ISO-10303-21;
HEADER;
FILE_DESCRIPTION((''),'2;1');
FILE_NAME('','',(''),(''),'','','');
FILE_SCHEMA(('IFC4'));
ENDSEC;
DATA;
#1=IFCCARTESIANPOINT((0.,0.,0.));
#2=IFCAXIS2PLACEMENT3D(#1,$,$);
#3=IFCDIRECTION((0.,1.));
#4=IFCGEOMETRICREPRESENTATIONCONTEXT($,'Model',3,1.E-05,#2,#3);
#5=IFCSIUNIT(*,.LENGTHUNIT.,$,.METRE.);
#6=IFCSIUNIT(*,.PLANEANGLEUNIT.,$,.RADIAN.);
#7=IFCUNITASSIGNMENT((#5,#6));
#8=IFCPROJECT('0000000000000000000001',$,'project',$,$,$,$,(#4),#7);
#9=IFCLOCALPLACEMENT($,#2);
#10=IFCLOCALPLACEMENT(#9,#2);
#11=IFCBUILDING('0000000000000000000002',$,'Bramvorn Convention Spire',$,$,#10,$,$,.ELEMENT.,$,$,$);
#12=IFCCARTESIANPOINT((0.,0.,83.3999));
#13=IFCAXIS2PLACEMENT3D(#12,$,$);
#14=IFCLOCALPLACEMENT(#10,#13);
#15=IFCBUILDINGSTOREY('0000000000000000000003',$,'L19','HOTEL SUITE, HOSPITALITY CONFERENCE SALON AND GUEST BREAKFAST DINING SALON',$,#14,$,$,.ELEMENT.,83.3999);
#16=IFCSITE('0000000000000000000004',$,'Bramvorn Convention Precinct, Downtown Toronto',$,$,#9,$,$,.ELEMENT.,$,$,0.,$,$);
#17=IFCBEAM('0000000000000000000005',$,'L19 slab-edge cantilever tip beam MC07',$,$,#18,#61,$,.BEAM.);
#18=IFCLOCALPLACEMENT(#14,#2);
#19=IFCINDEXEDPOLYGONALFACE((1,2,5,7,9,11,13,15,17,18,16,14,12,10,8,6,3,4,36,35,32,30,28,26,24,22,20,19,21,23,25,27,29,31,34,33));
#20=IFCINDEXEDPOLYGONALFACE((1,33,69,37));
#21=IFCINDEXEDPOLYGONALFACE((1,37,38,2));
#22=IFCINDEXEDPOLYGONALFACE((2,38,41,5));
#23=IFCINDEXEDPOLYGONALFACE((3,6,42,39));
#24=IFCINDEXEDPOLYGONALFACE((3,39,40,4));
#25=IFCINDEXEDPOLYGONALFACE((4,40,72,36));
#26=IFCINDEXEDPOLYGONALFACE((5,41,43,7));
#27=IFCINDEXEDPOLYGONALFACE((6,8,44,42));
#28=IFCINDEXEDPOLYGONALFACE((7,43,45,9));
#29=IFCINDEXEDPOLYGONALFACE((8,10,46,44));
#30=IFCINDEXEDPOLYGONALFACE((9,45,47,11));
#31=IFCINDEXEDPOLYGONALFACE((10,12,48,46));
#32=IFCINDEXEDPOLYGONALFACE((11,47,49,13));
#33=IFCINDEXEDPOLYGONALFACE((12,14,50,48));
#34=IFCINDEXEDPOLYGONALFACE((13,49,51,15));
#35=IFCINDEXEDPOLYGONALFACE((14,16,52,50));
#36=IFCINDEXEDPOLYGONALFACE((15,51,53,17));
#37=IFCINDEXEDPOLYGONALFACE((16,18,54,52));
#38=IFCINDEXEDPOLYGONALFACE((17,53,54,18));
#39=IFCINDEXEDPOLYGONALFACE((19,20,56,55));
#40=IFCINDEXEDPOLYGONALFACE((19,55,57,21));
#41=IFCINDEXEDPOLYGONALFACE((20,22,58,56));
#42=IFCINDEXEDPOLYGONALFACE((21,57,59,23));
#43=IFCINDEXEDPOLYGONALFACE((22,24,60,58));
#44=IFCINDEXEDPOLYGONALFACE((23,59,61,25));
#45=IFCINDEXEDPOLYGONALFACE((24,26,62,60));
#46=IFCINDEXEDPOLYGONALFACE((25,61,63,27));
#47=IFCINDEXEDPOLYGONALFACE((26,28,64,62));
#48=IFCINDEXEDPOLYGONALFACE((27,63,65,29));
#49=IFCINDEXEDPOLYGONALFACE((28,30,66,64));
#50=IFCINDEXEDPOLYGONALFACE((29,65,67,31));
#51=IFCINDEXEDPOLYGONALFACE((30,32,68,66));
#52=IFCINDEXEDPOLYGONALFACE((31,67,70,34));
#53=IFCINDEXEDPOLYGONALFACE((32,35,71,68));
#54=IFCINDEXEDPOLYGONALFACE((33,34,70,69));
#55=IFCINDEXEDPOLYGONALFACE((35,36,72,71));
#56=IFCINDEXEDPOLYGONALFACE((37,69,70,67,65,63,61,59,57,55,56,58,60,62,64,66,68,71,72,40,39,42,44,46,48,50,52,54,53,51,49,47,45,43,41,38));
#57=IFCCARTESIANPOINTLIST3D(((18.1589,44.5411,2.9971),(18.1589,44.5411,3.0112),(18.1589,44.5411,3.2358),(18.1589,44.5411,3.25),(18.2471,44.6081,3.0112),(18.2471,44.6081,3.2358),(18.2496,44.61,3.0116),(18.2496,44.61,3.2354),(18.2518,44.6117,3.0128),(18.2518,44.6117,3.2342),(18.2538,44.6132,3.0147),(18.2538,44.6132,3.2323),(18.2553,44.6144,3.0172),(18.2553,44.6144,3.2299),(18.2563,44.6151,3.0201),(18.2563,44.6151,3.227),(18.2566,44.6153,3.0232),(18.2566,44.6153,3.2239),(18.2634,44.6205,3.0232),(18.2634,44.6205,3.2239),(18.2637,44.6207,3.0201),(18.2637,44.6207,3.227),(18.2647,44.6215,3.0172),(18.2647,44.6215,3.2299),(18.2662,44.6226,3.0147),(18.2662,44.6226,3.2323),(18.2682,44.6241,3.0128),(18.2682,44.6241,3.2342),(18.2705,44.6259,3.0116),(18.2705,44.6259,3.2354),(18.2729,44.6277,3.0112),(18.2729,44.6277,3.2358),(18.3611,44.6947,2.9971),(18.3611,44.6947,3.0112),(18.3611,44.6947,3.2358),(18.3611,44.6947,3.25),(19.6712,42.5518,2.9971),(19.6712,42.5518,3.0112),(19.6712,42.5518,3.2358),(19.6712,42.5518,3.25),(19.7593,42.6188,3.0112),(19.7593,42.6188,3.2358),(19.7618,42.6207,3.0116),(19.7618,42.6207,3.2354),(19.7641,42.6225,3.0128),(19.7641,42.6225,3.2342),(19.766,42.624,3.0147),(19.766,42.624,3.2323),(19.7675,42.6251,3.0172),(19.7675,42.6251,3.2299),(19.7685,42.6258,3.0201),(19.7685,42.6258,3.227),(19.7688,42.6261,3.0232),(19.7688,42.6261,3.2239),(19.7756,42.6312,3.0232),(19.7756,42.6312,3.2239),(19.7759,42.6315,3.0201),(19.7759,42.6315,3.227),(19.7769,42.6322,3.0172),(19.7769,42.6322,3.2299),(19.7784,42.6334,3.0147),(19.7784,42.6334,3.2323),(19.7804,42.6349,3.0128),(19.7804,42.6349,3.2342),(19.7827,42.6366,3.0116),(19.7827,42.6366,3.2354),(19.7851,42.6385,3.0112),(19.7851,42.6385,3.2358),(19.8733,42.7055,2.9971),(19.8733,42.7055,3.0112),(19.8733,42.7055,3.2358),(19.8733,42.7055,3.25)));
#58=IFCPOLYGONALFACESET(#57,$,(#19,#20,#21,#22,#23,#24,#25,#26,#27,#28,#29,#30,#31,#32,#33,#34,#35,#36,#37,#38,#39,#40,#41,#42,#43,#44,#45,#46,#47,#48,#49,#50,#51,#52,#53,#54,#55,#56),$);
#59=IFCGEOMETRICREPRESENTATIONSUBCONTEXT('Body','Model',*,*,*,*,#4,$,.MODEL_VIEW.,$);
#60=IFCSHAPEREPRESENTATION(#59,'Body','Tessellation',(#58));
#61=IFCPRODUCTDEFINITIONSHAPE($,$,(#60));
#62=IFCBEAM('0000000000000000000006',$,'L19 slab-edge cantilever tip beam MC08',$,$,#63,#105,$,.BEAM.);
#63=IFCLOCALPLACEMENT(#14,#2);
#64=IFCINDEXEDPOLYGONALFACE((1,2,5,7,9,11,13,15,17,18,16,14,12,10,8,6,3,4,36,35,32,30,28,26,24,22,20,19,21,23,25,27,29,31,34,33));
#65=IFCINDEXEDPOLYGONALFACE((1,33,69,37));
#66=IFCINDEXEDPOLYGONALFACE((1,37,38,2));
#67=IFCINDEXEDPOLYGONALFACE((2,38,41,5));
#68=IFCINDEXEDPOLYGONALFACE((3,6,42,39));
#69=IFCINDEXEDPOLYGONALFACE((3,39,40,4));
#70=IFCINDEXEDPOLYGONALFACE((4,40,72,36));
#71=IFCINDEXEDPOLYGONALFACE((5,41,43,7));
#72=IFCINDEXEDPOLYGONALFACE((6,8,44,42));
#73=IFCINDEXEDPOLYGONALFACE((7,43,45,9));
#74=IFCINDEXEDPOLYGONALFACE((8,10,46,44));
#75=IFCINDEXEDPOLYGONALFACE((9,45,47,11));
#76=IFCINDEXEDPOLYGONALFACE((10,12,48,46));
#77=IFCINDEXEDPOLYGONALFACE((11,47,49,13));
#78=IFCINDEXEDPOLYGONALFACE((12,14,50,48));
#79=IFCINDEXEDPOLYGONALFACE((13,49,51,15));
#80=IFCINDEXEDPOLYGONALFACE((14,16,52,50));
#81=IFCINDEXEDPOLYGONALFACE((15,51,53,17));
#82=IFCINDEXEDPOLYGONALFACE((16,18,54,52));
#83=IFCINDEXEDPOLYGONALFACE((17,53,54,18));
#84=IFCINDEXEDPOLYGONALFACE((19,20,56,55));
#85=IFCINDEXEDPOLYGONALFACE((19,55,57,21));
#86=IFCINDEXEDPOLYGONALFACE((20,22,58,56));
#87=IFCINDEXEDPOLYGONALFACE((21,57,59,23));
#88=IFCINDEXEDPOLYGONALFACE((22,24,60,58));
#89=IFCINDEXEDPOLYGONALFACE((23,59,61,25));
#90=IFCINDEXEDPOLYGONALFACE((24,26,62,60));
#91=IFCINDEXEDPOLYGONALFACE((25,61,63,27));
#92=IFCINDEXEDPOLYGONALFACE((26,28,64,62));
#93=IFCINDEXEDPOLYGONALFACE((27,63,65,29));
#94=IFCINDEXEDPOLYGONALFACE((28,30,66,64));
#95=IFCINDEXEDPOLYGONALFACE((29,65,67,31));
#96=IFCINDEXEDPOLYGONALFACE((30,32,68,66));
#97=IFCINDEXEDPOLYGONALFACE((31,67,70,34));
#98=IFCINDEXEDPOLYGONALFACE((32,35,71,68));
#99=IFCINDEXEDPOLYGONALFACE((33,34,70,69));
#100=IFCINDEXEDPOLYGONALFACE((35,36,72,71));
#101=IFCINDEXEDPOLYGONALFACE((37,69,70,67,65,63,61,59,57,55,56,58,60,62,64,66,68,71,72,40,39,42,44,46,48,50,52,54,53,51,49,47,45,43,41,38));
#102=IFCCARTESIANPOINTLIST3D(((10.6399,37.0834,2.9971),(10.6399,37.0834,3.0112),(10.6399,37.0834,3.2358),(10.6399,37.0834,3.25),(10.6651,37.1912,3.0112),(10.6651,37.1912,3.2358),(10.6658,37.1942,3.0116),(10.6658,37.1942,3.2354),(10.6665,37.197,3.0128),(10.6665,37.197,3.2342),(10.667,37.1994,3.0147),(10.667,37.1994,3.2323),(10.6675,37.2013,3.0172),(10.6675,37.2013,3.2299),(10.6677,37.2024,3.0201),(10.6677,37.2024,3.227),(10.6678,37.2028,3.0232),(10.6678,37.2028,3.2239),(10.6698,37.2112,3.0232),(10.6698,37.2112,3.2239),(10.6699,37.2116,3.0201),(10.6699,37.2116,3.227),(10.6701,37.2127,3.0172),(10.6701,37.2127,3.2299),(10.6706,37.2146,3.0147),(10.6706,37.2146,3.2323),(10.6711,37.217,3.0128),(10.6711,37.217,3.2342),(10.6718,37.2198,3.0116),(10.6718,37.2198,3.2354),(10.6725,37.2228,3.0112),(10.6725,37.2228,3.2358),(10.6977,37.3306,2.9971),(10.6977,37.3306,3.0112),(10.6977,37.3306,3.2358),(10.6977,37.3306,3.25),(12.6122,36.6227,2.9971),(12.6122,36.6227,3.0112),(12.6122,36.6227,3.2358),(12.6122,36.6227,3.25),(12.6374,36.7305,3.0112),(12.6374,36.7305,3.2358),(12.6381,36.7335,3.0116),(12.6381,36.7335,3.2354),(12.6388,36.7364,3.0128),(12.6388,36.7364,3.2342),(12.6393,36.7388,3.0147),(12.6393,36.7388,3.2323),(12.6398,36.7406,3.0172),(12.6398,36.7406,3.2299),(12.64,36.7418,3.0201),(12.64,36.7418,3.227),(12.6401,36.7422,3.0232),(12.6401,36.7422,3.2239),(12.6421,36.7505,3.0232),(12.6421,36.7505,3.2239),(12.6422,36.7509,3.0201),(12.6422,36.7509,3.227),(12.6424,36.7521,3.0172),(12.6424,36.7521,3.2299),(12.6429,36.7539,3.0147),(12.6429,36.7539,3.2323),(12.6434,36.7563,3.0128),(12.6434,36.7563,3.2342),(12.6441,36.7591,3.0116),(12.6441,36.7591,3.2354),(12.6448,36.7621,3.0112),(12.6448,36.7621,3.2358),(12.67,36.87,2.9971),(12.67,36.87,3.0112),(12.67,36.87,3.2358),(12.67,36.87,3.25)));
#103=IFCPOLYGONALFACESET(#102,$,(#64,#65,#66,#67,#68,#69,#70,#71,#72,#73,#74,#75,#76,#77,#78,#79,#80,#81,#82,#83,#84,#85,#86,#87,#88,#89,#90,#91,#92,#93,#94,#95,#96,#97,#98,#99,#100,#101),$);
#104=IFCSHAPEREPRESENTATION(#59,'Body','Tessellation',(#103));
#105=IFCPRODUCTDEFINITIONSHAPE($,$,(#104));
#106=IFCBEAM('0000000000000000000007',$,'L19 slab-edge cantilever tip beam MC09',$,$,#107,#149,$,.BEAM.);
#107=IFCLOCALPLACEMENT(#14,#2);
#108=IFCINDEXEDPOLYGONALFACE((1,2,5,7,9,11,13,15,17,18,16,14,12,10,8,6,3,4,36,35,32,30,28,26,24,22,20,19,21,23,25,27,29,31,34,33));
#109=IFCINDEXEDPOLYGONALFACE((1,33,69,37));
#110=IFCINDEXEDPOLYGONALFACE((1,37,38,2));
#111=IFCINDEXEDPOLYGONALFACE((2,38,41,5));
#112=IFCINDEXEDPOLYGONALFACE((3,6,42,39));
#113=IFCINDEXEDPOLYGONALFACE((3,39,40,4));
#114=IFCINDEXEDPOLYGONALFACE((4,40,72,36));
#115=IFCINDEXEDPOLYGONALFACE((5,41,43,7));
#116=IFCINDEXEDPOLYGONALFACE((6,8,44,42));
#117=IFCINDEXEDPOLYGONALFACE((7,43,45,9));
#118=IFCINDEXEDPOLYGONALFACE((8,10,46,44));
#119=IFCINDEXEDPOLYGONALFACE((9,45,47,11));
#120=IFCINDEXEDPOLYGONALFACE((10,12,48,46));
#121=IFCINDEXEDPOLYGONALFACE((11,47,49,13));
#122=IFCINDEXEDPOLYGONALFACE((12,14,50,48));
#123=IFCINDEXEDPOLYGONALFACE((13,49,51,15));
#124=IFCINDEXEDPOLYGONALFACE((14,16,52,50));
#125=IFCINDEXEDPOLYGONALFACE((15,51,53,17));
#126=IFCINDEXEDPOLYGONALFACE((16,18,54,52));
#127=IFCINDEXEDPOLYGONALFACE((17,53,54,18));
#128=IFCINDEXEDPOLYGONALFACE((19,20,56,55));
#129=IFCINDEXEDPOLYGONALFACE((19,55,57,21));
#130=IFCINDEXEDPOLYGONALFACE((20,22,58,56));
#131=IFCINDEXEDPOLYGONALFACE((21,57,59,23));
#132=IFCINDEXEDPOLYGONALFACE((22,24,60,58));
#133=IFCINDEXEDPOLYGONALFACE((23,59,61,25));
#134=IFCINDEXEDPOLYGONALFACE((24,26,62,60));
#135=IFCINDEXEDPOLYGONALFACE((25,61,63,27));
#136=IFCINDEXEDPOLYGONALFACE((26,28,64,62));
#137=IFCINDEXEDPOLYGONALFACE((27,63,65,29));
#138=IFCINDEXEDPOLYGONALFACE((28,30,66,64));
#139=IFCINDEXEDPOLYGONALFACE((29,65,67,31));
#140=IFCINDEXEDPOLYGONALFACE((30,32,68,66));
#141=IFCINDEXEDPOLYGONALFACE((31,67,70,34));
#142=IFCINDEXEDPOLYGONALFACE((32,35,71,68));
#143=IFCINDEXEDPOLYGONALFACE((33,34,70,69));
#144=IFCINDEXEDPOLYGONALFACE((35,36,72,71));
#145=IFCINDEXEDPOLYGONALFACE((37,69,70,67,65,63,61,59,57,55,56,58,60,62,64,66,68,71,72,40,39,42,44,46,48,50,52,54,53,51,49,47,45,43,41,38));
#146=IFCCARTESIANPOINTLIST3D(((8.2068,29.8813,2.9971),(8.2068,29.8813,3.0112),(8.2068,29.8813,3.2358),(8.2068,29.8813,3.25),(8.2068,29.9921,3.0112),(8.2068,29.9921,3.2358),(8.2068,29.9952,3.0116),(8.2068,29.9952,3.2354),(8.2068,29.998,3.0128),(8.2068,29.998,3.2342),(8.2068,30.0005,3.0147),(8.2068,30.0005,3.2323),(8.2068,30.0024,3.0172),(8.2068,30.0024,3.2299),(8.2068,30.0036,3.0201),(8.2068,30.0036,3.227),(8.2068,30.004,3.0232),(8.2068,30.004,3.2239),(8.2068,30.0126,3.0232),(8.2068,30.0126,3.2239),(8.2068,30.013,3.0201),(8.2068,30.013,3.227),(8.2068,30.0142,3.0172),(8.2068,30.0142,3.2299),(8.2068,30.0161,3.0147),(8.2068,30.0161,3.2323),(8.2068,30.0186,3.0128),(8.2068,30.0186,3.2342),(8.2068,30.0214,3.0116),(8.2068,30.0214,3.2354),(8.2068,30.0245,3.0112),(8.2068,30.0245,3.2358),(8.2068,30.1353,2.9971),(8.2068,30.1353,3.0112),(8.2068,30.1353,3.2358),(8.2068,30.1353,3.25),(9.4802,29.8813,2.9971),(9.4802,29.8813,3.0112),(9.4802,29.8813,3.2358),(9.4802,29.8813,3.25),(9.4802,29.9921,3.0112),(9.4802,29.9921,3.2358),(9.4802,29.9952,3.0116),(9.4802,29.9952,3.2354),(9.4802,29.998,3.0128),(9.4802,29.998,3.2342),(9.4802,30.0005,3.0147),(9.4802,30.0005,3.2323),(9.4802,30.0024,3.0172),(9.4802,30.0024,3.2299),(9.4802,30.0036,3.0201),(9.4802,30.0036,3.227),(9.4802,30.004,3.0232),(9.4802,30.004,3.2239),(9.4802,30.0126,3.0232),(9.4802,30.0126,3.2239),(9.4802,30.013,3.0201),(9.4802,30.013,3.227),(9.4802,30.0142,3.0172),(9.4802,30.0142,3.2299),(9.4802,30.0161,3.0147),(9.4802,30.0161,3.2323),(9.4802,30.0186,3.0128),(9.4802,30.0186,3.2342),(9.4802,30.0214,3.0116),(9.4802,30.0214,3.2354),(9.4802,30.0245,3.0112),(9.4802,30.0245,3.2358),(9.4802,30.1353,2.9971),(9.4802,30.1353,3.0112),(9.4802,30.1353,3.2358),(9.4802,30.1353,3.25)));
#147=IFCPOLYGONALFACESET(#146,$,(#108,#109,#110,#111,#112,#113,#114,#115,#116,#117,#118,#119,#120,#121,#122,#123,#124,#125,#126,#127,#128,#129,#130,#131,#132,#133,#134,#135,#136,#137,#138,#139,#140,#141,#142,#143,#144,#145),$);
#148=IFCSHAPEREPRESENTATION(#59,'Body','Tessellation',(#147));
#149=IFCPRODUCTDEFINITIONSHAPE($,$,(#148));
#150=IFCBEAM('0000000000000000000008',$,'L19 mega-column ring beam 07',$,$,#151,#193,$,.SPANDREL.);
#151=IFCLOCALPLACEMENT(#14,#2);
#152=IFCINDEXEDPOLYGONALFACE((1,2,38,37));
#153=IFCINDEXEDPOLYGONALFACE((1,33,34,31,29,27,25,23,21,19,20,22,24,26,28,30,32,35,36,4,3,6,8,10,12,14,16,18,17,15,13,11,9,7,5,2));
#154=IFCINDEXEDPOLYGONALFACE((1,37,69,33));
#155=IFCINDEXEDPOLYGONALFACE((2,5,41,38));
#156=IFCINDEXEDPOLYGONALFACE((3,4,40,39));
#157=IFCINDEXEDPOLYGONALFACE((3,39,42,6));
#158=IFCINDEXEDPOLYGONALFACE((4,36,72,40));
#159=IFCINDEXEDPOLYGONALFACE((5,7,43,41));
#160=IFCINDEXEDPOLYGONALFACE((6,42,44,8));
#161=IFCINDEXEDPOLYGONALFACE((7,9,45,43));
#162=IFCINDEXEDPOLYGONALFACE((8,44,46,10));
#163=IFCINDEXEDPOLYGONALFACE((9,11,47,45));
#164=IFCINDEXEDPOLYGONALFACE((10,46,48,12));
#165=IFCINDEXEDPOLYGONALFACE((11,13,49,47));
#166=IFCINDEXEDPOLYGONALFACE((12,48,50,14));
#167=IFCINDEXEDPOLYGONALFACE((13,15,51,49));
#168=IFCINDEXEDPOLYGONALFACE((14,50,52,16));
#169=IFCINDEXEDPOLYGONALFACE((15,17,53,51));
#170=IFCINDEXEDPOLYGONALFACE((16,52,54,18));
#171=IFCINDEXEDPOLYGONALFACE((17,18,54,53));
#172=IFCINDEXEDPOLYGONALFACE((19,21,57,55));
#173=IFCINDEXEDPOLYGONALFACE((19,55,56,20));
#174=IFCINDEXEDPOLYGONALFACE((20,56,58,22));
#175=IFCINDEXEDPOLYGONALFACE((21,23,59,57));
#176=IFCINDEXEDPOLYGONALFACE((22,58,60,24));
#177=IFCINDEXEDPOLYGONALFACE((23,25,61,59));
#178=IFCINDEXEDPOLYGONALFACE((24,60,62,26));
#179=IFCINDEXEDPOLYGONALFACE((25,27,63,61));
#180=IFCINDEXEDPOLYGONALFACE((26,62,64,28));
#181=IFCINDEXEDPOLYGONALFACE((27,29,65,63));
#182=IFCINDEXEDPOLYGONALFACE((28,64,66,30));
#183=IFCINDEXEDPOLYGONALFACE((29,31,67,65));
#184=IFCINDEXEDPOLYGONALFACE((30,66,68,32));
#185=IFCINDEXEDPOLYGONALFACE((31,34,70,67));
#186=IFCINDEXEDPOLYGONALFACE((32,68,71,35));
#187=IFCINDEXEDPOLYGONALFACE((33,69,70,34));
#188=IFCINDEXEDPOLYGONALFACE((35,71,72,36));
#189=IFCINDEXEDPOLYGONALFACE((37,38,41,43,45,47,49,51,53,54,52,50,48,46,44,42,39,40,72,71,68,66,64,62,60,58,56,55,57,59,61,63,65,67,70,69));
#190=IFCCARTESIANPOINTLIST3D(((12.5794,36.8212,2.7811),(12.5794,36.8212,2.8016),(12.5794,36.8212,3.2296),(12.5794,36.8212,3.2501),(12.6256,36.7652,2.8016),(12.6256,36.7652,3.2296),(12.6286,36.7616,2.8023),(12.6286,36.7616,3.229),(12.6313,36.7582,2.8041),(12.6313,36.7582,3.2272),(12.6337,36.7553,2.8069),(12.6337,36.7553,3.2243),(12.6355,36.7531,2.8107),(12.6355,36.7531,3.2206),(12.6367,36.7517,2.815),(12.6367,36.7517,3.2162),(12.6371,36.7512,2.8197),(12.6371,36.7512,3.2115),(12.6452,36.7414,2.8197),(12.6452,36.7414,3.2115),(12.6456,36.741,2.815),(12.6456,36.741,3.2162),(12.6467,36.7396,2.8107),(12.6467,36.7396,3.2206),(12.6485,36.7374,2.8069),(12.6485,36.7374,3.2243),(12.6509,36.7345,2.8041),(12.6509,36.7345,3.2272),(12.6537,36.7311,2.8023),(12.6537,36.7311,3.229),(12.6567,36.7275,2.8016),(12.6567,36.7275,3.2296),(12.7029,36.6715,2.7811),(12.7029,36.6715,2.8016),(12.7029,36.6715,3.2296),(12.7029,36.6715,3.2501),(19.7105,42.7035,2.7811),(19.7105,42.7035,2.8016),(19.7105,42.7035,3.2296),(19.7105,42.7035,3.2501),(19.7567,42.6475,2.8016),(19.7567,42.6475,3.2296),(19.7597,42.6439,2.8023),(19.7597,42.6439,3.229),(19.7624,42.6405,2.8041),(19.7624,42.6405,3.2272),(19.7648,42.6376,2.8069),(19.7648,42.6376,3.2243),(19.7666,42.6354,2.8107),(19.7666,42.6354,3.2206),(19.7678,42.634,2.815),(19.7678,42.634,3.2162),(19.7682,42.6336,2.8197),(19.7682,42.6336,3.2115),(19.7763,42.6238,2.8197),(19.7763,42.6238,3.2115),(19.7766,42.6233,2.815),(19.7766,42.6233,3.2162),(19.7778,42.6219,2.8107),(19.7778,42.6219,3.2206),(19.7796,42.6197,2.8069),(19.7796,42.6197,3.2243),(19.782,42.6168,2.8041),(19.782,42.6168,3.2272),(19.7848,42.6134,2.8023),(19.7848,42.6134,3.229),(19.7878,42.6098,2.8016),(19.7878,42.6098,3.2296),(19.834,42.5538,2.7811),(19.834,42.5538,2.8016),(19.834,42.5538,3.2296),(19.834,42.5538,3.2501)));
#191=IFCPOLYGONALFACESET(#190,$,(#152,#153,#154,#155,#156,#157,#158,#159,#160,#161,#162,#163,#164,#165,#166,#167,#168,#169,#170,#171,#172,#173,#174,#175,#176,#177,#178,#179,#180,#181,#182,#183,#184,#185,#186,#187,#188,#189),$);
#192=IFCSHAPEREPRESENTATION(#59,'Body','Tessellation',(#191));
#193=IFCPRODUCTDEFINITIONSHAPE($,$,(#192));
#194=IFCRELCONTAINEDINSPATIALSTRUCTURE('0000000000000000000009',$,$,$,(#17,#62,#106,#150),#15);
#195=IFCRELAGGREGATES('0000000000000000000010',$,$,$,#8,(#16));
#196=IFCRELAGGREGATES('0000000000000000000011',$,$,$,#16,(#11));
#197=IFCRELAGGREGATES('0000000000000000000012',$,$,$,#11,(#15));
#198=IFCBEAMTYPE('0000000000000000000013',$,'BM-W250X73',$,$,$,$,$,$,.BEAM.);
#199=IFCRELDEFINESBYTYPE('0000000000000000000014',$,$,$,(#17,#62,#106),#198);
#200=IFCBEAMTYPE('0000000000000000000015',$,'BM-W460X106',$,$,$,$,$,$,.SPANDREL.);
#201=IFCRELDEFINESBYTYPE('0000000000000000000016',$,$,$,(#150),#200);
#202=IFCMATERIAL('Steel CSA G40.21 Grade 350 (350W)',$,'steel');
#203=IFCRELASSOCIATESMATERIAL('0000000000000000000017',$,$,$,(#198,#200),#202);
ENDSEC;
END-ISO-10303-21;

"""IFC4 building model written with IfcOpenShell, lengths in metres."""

from ifc_helpers import new_model, si_unit, direction, frame, origin, origin_2d, place, context, subcontext, project, spatial, i_section, extrude, material, material_profile, profile_set, type_object, element, save


model = new_model("IFC4")

# Units and contexts
model_context = context("Model", 3, precision=1e-05, world=origin(), true_north=direction((0.0, 1.0)))
body_context = subcontext(model_context, "Body", "Model", "MODEL_VIEW")
ifc_project = project(units=[si_unit("LENGTHUNIT", "METRE"), si_unit("PLANEANGLEUNIT", "RADIAN")], contexts=[model_context])

# Site, building, storey
site_placement = place(None, origin())
site = spatial("IfcSite", under=ifc_project, at=site_placement, Name="Bramvorn Convention Precinct, Downtown Toronto", CompositionType="ELEMENT", RefElevation=0.0)
building_placement = place(site_placement, origin())
building = spatial("IfcBuilding", under=site, at=building_placement, Name="Bramvorn Convention Spire", CompositionType="ELEMENT")
storey_placement = place(building_placement, frame((0.0, 0.0, 83.3999)))
storey = spatial("IfcBuildingStorey", under=building, at=storey_placement, Name="L19", Description="HOTEL SUITE, HOSPITALITY CONFERENCE SALON AND GUEST BREAKFAST DINING SALON", CompositionType="ELEMENT", Elevation=83.3999)

# Shared definitions
ifc_material_1 = material(Name="Steel CSA G40.21 Grade 350 (350W)", Category="steel")

# Beams
ifc_material_profile_1 = material_profile(ifc_material_1, i_section(OverallWidth=0.2539, OverallDepth=0.2529, WebThickness=0.0085, FlangeThickness=0.0142, FilletRadius=0.012, at=origin_2d()))
ifc_profile_set_1 = profile_set([ifc_material_profile_1], Name="Steel CSA G40.21 Grade 350 (350W) - W250X73")
beam_type_1 = type_object("IfcBeamType", Name="BM-W250X73", PredefinedType="BEAM", material=ifc_profile_set_1)
beam_1_placement = place(storey_placement, frame((19.7722, 42.6287, 3.1235), z_axis=(-0.605177, 0.796091, 0.0), x_axis=(-0.796091, -0.605177, 0.0)))
element("IfcBeam", 1, at=beam_1_placement, inside=storey, type_object=beam_type_1, Name="L19 slab-edge cantilever tip beam MC07", PredefinedType="BEAM", context=body_context, shape_type="SweptSolid", body=[
    extrude(i_section(OverallWidth=0.2539, OverallDepth=0.2529, WebThickness=0.0085, FlangeThickness=0.0142, FilletRadius=0.012, at=origin_2d()), origin(), (0.0, 0.0, 1.0), 2.4988),
])
beam_2_placement = place(storey_placement, frame((12.6411, 36.7463, 3.1235), z_axis=(-0.973791, 0.227447, 0.0), x_axis=(-0.227447, -0.973791, 0.0)))
element("IfcBeam", 2, at=beam_2_placement, inside=storey, type_object=beam_type_1, Name="L19 slab-edge cantilever tip beam MC08", PredefinedType="BEAM", context=body_context, shape_type="SweptSolid", body=[
    extrude(i_section(OverallWidth=0.2539, OverallDepth=0.2529, WebThickness=0.0085, FlangeThickness=0.0142, FilletRadius=0.012, at=origin_2d()), origin(), (0.0, 0.0, 1.0), 2.0254),
])
beam_3_placement = place(storey_placement, frame((9.4802, 30.0083, 3.1235), z_axis=(-1.0, 0.0, 0.0), x_axis=(0.0, -1.0, 0.0)))
element("IfcBeam", 3, at=beam_3_placement, inside=storey, type_object=beam_type_1, Name="L19 slab-edge cantilever tip beam MC09", PredefinedType="BEAM", context=body_context, shape_type="SweptSolid", body=[
    extrude(i_section(OverallWidth=0.2539, OverallDepth=0.2529, WebThickness=0.0085, FlangeThickness=0.0142, FilletRadius=0.012, at=origin_2d()), origin(), (0.0, 0.0, 1.0), 1.2734),
])
ifc_material_profile_2 = material_profile(ifc_material_1, i_section(OverallWidth=0.1941, OverallDepth=0.469, WebThickness=0.0127, FlangeThickness=0.0205, FilletRadius=0.0181, at=origin_2d()))
ifc_profile_set_2 = profile_set([ifc_material_profile_2], Name="Steel CSA G40.21 Grade 350 (350W) - W460X106")
beam_type_2 = type_object("IfcBeamType", Name="BM-W460X106", PredefinedType="SPANDREL", material=ifc_profile_set_2)
beam_4_placement = place(storey_placement, frame((19.7722, 42.6287, 3.0156), z_axis=(-0.771418, -0.636329, 0.0), x_axis=(0.636329, -0.771418, 0.0)))
element("IfcBeam", 4, at=beam_4_placement, inside=storey, type_object=beam_type_2, Name="L19 mega-column ring beam 07", PredefinedType="SPANDREL", context=body_context, shape_type="SweptSolid", body=[
    extrude(i_section(OverallWidth=0.1941, OverallDepth=0.469, WebThickness=0.0127, FlangeThickness=0.0205, FilletRadius=0.0181, at=origin_2d()), origin(), (0.0, 0.0, 1.0), 9.2441),
])

save(model, "model.ifc")
